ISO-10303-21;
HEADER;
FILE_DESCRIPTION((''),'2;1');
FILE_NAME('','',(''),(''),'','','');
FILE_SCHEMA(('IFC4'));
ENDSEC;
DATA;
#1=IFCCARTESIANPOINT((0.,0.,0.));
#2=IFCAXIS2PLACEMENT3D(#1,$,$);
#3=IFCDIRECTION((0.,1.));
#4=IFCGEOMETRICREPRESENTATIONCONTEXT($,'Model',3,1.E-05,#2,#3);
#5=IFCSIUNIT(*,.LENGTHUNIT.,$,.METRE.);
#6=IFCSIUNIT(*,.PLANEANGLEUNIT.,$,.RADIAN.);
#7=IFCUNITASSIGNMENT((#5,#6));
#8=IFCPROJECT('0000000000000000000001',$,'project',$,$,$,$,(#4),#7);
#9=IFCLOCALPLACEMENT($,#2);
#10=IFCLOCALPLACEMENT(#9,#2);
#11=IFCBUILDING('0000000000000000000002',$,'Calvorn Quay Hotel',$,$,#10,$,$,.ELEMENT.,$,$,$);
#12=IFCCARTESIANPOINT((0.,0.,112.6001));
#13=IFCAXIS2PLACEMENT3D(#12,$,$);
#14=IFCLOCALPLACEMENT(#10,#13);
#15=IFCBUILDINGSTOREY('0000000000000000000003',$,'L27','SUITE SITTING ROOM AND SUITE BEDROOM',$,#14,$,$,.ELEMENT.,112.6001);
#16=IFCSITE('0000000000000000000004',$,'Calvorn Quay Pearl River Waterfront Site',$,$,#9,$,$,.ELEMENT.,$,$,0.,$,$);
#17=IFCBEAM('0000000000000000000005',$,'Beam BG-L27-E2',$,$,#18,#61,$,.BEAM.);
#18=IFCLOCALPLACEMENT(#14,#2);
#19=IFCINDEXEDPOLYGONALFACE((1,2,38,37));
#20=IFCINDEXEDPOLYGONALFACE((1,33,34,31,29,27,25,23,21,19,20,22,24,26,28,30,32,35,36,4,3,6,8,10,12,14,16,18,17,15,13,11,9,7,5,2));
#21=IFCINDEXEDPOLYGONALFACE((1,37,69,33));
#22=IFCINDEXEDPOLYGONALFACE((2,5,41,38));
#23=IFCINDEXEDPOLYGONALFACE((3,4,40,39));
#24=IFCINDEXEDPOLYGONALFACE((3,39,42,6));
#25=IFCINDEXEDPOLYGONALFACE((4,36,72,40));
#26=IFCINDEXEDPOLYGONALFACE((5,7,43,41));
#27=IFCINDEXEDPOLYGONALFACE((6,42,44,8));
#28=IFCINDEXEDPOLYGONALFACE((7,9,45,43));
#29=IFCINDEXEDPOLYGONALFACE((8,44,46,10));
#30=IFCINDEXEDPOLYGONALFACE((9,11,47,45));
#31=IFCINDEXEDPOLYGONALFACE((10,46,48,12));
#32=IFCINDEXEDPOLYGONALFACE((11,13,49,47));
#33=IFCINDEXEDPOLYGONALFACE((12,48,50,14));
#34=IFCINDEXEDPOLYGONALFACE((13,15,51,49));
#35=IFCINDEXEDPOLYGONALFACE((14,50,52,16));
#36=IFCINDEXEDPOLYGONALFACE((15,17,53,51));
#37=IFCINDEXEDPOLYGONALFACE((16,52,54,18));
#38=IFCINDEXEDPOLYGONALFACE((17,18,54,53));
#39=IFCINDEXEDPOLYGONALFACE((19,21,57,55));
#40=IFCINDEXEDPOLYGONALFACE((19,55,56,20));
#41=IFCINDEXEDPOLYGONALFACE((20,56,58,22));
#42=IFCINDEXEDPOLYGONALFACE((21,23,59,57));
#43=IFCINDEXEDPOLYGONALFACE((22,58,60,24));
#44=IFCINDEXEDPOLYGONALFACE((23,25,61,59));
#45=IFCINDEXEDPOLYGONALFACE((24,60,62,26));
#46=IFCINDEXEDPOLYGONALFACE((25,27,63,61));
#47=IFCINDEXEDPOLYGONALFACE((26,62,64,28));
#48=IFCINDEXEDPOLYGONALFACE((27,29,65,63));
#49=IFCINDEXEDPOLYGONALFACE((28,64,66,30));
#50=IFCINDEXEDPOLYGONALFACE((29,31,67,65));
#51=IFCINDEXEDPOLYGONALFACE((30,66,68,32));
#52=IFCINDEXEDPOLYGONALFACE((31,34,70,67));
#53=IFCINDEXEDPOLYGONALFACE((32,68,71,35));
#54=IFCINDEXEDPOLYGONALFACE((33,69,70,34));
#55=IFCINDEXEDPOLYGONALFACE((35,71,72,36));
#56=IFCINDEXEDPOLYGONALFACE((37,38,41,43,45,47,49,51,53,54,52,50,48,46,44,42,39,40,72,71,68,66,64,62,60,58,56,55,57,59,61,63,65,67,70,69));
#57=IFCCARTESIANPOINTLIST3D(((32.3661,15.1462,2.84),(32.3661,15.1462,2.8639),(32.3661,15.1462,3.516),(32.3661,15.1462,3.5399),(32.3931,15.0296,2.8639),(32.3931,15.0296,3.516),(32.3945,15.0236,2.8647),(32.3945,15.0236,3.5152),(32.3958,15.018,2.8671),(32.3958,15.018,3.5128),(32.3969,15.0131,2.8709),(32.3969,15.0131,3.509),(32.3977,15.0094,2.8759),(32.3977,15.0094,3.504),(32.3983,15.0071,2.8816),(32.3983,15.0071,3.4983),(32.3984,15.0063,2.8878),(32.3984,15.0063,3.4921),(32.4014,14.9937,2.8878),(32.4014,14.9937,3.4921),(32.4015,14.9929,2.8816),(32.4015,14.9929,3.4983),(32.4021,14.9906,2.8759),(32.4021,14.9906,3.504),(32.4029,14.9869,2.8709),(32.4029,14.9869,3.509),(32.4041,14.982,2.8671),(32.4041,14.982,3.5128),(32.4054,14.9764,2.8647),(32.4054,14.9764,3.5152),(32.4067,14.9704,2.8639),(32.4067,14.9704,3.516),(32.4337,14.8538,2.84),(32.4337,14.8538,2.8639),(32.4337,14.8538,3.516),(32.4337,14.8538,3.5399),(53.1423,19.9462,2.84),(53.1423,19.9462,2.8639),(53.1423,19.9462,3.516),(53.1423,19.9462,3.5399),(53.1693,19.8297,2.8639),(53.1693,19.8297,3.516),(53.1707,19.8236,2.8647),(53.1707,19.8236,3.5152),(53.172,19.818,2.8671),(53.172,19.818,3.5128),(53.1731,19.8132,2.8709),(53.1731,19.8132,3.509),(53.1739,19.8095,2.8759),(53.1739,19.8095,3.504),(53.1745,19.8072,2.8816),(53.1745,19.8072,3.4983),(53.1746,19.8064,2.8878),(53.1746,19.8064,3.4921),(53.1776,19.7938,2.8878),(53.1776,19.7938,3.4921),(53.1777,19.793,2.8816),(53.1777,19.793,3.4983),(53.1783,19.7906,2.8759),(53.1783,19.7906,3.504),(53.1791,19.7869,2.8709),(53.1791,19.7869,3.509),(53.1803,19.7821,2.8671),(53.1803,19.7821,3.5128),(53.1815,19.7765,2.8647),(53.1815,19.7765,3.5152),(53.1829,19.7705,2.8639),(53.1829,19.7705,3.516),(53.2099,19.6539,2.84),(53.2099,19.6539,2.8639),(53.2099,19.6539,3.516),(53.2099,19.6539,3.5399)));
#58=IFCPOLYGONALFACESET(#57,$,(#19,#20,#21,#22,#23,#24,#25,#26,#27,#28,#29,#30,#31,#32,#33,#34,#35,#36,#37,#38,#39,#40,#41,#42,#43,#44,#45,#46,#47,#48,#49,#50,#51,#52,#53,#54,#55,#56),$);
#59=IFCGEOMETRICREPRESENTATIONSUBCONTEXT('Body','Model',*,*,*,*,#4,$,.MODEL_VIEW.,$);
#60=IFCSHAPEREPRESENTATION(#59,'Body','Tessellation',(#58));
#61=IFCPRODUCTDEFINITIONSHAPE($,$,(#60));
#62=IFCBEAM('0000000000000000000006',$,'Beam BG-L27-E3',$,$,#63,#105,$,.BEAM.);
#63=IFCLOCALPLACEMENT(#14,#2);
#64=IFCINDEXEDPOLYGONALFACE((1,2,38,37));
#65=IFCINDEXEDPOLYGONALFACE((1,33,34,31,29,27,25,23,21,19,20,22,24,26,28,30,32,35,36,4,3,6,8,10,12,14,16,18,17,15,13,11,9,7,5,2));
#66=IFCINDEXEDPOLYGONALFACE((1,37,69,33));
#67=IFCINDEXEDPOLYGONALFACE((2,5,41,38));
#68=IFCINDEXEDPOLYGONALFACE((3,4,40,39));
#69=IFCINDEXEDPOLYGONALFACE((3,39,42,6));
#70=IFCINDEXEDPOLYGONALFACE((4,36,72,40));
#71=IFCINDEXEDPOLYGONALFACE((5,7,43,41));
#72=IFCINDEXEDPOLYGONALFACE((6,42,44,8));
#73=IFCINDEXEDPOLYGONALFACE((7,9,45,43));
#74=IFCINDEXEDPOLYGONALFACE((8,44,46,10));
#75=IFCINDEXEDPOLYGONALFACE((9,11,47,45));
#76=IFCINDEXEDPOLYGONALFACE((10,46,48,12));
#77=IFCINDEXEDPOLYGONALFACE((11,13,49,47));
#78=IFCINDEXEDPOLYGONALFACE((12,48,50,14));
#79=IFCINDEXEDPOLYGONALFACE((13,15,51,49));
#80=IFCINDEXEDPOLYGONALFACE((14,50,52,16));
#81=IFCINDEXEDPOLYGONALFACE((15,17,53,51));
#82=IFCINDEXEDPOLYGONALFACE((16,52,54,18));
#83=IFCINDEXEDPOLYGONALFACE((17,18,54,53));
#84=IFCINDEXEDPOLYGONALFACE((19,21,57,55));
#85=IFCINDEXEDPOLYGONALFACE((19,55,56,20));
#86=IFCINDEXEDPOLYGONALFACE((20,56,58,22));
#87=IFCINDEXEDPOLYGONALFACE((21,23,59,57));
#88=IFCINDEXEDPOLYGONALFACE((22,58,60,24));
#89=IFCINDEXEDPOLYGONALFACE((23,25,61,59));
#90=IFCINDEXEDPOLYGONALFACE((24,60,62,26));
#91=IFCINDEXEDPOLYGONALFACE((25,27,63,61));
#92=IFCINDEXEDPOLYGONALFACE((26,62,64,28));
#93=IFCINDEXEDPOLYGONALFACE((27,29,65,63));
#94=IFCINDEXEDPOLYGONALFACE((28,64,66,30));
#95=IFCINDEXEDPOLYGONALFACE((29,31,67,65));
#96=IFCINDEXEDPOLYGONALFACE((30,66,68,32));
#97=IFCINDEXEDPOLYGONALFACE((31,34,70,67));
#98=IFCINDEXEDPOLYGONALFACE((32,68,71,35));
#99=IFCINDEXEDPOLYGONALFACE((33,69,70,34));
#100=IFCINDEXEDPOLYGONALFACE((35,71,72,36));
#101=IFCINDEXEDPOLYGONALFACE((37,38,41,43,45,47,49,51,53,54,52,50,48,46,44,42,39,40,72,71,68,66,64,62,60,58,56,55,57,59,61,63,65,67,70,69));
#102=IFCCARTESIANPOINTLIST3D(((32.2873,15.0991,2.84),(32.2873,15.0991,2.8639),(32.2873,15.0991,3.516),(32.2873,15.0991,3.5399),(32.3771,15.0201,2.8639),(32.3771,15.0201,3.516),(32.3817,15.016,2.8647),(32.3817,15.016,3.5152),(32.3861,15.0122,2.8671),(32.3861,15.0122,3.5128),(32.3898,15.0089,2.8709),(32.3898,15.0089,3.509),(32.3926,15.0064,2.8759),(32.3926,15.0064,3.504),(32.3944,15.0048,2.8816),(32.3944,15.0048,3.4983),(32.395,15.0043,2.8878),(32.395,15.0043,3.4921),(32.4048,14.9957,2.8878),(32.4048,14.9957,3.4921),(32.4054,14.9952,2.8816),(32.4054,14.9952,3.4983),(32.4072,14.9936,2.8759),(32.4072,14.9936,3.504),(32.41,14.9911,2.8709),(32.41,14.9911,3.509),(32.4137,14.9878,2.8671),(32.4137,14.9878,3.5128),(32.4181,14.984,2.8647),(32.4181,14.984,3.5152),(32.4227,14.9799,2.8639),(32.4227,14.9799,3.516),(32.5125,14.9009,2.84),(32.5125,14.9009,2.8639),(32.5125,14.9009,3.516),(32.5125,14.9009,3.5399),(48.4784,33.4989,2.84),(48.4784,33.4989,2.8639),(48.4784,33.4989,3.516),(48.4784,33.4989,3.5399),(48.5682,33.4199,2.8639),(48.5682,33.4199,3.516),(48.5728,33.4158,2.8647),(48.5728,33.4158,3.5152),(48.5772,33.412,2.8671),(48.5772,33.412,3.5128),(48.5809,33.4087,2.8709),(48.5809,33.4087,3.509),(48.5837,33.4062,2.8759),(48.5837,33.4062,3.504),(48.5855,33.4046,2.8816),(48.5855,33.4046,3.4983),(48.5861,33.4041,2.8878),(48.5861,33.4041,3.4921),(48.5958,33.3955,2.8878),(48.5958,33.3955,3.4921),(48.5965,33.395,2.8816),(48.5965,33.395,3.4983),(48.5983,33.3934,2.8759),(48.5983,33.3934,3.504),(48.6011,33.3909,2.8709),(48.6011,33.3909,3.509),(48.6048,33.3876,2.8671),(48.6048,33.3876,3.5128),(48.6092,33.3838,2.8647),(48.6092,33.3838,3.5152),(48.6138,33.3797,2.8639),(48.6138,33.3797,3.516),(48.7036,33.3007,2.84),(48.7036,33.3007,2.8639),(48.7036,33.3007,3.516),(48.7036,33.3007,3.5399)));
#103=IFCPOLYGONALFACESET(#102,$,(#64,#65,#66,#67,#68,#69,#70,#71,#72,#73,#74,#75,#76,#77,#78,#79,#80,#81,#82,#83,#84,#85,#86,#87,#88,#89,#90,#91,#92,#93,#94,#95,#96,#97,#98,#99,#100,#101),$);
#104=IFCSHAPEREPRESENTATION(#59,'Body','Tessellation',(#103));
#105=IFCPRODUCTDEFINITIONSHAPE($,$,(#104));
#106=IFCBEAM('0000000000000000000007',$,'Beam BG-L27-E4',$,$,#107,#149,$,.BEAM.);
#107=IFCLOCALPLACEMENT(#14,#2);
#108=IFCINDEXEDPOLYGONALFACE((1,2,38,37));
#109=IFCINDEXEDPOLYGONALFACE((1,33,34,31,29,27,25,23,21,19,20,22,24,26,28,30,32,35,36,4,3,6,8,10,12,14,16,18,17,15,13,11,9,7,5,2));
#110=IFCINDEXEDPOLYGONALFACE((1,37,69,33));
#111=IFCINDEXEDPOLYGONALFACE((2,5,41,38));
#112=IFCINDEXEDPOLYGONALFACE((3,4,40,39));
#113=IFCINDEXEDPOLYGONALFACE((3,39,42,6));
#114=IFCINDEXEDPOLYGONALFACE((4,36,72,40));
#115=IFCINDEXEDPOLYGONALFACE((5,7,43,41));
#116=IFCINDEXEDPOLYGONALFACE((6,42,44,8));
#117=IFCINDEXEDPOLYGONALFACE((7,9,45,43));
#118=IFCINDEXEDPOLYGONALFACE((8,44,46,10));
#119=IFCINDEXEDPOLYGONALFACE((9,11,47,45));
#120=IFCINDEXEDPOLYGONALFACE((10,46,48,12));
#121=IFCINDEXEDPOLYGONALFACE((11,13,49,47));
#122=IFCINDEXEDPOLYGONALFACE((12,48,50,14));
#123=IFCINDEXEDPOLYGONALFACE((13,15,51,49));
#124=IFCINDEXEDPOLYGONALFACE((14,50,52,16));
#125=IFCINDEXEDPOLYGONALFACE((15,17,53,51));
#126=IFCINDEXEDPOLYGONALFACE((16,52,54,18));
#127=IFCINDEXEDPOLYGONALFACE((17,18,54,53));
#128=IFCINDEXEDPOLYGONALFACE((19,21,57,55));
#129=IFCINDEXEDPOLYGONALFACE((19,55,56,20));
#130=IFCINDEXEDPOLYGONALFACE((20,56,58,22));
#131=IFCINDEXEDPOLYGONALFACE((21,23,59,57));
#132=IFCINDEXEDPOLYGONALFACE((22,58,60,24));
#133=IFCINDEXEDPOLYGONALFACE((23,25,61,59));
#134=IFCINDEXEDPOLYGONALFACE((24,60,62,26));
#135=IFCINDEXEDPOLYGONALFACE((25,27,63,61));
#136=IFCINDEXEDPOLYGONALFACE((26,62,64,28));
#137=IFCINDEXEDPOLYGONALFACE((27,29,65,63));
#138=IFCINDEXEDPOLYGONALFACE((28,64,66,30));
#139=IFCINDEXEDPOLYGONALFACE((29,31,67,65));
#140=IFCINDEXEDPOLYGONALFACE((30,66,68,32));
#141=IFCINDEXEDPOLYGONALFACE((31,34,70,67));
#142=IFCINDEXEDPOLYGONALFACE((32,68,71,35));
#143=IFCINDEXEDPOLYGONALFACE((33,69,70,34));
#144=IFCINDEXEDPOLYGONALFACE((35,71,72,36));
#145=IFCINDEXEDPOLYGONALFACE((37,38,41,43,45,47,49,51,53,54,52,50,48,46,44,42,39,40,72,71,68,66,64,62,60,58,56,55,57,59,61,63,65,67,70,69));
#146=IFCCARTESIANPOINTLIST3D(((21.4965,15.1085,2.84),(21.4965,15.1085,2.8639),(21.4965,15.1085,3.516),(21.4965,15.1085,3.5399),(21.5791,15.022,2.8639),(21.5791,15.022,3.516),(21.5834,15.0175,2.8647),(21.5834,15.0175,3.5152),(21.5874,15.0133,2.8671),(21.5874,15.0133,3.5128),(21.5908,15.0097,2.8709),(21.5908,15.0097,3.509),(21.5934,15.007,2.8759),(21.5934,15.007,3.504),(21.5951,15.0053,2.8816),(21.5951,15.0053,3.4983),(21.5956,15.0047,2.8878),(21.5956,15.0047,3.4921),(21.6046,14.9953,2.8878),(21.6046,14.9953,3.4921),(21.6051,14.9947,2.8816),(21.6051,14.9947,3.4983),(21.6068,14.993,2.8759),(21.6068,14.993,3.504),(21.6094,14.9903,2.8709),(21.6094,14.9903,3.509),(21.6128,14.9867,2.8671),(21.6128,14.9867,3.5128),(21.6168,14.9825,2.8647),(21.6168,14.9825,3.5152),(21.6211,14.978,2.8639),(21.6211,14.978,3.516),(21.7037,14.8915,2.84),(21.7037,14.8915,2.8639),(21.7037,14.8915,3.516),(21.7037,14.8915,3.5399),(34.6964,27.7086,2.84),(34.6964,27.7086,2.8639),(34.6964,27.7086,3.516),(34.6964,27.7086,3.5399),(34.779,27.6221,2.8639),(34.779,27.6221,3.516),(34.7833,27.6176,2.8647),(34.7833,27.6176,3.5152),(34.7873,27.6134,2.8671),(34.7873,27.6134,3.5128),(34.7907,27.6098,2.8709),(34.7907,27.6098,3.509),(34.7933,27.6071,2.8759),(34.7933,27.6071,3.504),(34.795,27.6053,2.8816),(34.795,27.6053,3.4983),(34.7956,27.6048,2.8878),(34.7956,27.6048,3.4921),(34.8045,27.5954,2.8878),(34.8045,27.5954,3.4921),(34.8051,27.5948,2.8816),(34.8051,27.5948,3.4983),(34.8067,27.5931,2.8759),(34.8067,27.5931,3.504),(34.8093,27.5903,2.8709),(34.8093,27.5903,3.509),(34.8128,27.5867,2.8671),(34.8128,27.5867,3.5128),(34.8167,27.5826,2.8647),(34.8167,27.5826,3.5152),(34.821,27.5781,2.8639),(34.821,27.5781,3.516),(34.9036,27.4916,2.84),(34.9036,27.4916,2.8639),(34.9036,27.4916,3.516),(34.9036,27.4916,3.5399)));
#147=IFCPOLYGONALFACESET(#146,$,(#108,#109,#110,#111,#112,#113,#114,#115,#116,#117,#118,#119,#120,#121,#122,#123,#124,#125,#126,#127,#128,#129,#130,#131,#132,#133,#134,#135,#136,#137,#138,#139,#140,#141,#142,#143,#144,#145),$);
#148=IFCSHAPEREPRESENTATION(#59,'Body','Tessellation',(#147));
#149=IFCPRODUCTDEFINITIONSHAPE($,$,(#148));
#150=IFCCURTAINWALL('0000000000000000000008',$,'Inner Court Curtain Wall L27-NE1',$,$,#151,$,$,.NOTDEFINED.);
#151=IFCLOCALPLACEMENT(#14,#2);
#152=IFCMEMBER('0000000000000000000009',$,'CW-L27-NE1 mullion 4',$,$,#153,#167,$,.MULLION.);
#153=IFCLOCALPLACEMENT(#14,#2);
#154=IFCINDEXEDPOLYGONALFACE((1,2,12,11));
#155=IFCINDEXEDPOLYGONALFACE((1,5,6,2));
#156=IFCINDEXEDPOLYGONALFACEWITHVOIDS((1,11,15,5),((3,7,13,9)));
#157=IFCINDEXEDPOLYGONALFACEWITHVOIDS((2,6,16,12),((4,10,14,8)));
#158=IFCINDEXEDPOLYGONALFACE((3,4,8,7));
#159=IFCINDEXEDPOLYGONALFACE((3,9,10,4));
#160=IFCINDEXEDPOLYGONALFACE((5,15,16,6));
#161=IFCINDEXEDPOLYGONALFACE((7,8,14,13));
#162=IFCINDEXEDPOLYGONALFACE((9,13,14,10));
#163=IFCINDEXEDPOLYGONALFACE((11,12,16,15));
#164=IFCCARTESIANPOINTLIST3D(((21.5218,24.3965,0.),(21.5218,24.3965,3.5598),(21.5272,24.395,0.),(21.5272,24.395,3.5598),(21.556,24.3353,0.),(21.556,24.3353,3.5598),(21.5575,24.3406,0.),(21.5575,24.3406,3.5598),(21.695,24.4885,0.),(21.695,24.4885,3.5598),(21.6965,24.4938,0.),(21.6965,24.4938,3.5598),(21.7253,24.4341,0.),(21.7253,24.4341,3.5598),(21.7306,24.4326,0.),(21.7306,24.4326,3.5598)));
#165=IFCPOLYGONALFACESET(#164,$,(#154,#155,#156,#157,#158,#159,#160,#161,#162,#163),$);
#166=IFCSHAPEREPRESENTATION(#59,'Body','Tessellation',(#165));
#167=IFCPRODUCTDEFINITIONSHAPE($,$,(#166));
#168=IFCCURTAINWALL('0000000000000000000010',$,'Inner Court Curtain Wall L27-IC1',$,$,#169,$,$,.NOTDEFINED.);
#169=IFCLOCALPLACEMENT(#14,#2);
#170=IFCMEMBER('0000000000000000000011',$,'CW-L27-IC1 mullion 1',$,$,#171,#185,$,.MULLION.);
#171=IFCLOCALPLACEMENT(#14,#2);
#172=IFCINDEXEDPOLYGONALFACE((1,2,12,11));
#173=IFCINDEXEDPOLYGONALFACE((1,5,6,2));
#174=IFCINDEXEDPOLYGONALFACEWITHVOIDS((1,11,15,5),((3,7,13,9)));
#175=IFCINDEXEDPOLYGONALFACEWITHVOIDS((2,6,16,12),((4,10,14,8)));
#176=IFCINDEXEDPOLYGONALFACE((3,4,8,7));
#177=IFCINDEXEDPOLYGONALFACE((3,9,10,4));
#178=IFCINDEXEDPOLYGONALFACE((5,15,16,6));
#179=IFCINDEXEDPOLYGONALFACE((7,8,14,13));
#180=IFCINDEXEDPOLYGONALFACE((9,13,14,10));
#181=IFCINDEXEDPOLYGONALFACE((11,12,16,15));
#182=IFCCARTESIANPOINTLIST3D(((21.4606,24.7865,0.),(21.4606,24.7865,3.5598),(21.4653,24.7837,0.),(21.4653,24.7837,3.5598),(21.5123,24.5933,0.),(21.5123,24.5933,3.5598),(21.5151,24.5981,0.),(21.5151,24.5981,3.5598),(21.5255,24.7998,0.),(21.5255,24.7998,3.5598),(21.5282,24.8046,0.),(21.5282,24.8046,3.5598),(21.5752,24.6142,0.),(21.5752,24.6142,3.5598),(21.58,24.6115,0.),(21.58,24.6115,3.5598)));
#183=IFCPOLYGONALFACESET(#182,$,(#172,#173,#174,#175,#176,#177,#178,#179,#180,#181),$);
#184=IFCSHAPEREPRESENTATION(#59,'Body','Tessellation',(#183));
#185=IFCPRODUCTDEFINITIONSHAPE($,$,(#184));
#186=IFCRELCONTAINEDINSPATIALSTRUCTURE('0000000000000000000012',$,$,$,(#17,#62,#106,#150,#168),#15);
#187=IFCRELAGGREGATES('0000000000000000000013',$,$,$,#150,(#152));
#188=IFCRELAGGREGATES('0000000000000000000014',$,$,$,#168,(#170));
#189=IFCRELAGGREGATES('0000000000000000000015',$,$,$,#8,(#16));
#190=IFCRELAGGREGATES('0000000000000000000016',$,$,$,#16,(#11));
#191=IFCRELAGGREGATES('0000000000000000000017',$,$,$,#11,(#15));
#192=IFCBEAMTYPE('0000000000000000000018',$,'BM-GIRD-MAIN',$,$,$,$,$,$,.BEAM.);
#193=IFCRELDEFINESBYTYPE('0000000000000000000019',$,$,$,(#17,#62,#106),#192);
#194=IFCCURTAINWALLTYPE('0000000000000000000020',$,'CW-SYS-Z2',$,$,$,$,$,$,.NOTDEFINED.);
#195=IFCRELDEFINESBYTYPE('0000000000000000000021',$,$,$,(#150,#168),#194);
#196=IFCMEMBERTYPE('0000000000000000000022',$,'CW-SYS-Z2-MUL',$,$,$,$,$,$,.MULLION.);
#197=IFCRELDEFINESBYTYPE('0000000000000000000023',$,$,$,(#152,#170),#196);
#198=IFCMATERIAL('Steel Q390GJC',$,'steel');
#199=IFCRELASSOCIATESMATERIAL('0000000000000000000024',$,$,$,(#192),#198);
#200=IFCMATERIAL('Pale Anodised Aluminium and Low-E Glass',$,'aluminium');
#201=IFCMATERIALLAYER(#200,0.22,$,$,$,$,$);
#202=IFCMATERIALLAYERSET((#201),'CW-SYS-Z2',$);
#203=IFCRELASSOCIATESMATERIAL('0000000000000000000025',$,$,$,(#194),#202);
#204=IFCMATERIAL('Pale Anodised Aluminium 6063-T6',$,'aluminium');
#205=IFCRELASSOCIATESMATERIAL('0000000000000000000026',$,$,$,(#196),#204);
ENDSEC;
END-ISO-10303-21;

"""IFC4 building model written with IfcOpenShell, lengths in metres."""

from ifc_helpers import new_model, si_unit, direction, frame, origin, origin_2d, place, context, subcontext, project, spatial, hollow_rectangle, i_section, extrude, material, layer, layer_set, material_profile, profile_set, type_object, element, aggregate, save


model = new_model("IFC4")

# Units and contexts
model_context = context("Model", 3, precision=1e-05, world=origin(), true_north=direction((0.0, 1.0)))
body_context = subcontext(model_context, "Body", "Model", "MODEL_VIEW")
ifc_project = project(units=[si_unit("LENGTHUNIT", "METRE"), si_unit("PLANEANGLEUNIT", "RADIAN")], contexts=[model_context])

# Site, building, storey
site_placement = place(None, origin())
site = spatial("IfcSite", under=ifc_project, at=site_placement, Name="Calvorn Quay Pearl River Waterfront Site", CompositionType="ELEMENT", RefElevation=0.0)
building_placement = place(site_placement, origin())
building = spatial("IfcBuilding", under=site, at=building_placement, Name="Calvorn Quay Hotel", CompositionType="ELEMENT")
storey_placement = place(building_placement, frame((0.0, 0.0, 112.6001)))
storey = spatial("IfcBuildingStorey", under=building, at=storey_placement, Name="L27", Description="SUITE SITTING ROOM AND SUITE BEDROOM", CompositionType="ELEMENT", Elevation=112.6001)

# Beams
ifc_material_1 = material(Name="Steel Q390GJC", Category="steel")
ifc_material_profile_1 = material_profile(ifc_material_1, i_section(OverallWidth=0.3, OverallDepth=0.7, WebThickness=0.0129, FlangeThickness=0.0239, FilletRadius=0.0239, at=origin_2d()), Name="HN700x300x13x24")
ifc_profile_set_1 = profile_set([ifc_material_profile_1], Name="Steel Q390GJC")
beam_type = type_object("IfcBeamType", Name="BM-GIRD-MAIN", PredefinedType="BEAM", material=ifc_profile_set_1)
beam_1_placement = place(storey_placement, frame((32.3999, 15.0, 3.1899), z_axis=(0.974334, 0.225107, 0.0), x_axis=(-0.225107, 0.974334, 0.0)))
element("IfcBeam", 1, at=beam_1_placement, inside=storey, type_object=beam_type, Name="Beam BG-L27-E2", PredefinedType="BEAM", context=body_context, shape_type="SweptSolid", body=[
    extrude(i_section(OverallWidth=0.3, OverallDepth=0.7, WebThickness=0.0129, FlangeThickness=0.0239, FilletRadius=0.0239, at=origin_2d()), origin(), (0.0, 0.0, 1.0), 21.3235),
])
beam_2_placement = place(storey_placement, frame((32.3999, 15.0, 3.1899), z_axis=(0.660611, 0.750729, 0.0), x_axis=(-0.750729, 0.660611, 0.0)))
element("IfcBeam", 2, at=beam_2_placement, inside=storey, type_object=beam_type, Name="Beam BG-L27-E3", PredefinedType="BEAM", context=body_context, shape_type="SweptSolid", body=[
    extrude(i_section(OverallWidth=0.3, OverallDepth=0.7, WebThickness=0.0129, FlangeThickness=0.0239, FilletRadius=0.0239, at=origin_2d()), origin(), (0.0, 0.0, 1.0), 24.5093),
])
beam_3_placement = place(storey_placement, frame((21.6001, 15.0, 3.1899), z_axis=(0.723352, 0.69048, 0.0), x_axis=(-0.69048, 0.723352, 0.0)))
element("IfcBeam", 3, at=beam_3_placement, inside=storey, type_object=beam_type, Name="Beam BG-L27-E4", PredefinedType="BEAM", context=body_context, shape_type="SweptSolid", body=[
    extrude(i_section(OverallWidth=0.3, OverallDepth=0.7, WebThickness=0.0129, FlangeThickness=0.0239, FilletRadius=0.0239, at=origin_2d()), origin(), (0.0, 0.0, 1.0), 18.2483),
])

# Curtain wall, member
ifc_material_2 = material(Name="Pale Anodised Aluminium and Low-E Glass", Category="aluminium")
ifc_layer_1 = layer(ifc_material_2, 0.22)
ifc_layer_set_1 = layer_set([ifc_layer_1], Name="CW-SYS-Z2")
curtain_wall_type = type_object("IfcCurtainWallType", Name="CW-SYS-Z2", PredefinedType="NOTDEFINED", material=ifc_layer_set_1)
curtain_wall_1_placement = place(storey_placement, origin())
curtain_wall_1 = element("IfcCurtainWall", 4, at=curtain_wall_1_placement, inside=storey, type_object=curtain_wall_type, Name="Inner Court Curtain Wall L27-NE1", PredefinedType="NOTDEFINED")
ifc_material_3 = material(Name="Pale Anodised Aluminium 6063-T6", Category="aluminium")
ifc_material_profile_2 = material_profile(ifc_material_3, hollow_rectangle(XDim=0.0701, YDim=0.2, WallThickness=0.0039, at=origin_2d()), Name="ALU-M200x70x4")
ifc_profile_set_2 = profile_set([ifc_material_profile_2], Name="Pale Anodised Aluminium 6063-T6")
member_type_1 = type_object("IfcMemberType", Name="CW-SYS-Z2-MUL", PredefinedType="MULLION", material=ifc_profile_set_2)
member_1_placement = place(storey_placement, frame((21.6262, 24.4146, 0.0), z_axis=(0.0, 0.0, 1.0), x_axis=(0.486858, -0.873481, 0.0)))
member_1 = element("IfcMember", 5, at=member_1_placement, type_object=member_type_1, Name="CW-L27-NE1 mullion 4", PredefinedType="MULLION", context=body_context, shape_type="SweptSolid", body=[
    extrude(hollow_rectangle(XDim=0.0701, YDim=0.2, WallThickness=0.0039, at=origin_2d()), origin(), (0.0, 0.0, 1.0), 3.5598),
])
aggregate(curtain_wall_1, [member_1])

# Curtain wall, member
curtain_wall_2_placement = place(storey_placement, origin())
curtain_wall_2 = element("IfcCurtainWall", 6, at=curtain_wall_2_placement, inside=storey, type_object=curtain_wall_type, Name="Inner Court Curtain Wall L27-IC1", PredefinedType="NOTDEFINED")
member_2_placement = place(storey_placement, frame((21.5203, 24.699, 0.0), z_axis=(0.0, 0.0, 1.0), x_axis=(-0.965937, -0.258779, 0.0)))
member_2 = element("IfcMember", 7, at=member_2_placement, type_object=member_type_1, Name="CW-L27-IC1 mullion 1", PredefinedType="MULLION", context=body_context, shape_type="SweptSolid", body=[
    extrude(hollow_rectangle(XDim=0.0701, YDim=0.2, WallThickness=0.0039, at=origin_2d()), origin(), (0.0, 0.0, 1.0), 3.5598),
])
aggregate(curtain_wall_2, [member_2])

save(model, "model.ifc")
